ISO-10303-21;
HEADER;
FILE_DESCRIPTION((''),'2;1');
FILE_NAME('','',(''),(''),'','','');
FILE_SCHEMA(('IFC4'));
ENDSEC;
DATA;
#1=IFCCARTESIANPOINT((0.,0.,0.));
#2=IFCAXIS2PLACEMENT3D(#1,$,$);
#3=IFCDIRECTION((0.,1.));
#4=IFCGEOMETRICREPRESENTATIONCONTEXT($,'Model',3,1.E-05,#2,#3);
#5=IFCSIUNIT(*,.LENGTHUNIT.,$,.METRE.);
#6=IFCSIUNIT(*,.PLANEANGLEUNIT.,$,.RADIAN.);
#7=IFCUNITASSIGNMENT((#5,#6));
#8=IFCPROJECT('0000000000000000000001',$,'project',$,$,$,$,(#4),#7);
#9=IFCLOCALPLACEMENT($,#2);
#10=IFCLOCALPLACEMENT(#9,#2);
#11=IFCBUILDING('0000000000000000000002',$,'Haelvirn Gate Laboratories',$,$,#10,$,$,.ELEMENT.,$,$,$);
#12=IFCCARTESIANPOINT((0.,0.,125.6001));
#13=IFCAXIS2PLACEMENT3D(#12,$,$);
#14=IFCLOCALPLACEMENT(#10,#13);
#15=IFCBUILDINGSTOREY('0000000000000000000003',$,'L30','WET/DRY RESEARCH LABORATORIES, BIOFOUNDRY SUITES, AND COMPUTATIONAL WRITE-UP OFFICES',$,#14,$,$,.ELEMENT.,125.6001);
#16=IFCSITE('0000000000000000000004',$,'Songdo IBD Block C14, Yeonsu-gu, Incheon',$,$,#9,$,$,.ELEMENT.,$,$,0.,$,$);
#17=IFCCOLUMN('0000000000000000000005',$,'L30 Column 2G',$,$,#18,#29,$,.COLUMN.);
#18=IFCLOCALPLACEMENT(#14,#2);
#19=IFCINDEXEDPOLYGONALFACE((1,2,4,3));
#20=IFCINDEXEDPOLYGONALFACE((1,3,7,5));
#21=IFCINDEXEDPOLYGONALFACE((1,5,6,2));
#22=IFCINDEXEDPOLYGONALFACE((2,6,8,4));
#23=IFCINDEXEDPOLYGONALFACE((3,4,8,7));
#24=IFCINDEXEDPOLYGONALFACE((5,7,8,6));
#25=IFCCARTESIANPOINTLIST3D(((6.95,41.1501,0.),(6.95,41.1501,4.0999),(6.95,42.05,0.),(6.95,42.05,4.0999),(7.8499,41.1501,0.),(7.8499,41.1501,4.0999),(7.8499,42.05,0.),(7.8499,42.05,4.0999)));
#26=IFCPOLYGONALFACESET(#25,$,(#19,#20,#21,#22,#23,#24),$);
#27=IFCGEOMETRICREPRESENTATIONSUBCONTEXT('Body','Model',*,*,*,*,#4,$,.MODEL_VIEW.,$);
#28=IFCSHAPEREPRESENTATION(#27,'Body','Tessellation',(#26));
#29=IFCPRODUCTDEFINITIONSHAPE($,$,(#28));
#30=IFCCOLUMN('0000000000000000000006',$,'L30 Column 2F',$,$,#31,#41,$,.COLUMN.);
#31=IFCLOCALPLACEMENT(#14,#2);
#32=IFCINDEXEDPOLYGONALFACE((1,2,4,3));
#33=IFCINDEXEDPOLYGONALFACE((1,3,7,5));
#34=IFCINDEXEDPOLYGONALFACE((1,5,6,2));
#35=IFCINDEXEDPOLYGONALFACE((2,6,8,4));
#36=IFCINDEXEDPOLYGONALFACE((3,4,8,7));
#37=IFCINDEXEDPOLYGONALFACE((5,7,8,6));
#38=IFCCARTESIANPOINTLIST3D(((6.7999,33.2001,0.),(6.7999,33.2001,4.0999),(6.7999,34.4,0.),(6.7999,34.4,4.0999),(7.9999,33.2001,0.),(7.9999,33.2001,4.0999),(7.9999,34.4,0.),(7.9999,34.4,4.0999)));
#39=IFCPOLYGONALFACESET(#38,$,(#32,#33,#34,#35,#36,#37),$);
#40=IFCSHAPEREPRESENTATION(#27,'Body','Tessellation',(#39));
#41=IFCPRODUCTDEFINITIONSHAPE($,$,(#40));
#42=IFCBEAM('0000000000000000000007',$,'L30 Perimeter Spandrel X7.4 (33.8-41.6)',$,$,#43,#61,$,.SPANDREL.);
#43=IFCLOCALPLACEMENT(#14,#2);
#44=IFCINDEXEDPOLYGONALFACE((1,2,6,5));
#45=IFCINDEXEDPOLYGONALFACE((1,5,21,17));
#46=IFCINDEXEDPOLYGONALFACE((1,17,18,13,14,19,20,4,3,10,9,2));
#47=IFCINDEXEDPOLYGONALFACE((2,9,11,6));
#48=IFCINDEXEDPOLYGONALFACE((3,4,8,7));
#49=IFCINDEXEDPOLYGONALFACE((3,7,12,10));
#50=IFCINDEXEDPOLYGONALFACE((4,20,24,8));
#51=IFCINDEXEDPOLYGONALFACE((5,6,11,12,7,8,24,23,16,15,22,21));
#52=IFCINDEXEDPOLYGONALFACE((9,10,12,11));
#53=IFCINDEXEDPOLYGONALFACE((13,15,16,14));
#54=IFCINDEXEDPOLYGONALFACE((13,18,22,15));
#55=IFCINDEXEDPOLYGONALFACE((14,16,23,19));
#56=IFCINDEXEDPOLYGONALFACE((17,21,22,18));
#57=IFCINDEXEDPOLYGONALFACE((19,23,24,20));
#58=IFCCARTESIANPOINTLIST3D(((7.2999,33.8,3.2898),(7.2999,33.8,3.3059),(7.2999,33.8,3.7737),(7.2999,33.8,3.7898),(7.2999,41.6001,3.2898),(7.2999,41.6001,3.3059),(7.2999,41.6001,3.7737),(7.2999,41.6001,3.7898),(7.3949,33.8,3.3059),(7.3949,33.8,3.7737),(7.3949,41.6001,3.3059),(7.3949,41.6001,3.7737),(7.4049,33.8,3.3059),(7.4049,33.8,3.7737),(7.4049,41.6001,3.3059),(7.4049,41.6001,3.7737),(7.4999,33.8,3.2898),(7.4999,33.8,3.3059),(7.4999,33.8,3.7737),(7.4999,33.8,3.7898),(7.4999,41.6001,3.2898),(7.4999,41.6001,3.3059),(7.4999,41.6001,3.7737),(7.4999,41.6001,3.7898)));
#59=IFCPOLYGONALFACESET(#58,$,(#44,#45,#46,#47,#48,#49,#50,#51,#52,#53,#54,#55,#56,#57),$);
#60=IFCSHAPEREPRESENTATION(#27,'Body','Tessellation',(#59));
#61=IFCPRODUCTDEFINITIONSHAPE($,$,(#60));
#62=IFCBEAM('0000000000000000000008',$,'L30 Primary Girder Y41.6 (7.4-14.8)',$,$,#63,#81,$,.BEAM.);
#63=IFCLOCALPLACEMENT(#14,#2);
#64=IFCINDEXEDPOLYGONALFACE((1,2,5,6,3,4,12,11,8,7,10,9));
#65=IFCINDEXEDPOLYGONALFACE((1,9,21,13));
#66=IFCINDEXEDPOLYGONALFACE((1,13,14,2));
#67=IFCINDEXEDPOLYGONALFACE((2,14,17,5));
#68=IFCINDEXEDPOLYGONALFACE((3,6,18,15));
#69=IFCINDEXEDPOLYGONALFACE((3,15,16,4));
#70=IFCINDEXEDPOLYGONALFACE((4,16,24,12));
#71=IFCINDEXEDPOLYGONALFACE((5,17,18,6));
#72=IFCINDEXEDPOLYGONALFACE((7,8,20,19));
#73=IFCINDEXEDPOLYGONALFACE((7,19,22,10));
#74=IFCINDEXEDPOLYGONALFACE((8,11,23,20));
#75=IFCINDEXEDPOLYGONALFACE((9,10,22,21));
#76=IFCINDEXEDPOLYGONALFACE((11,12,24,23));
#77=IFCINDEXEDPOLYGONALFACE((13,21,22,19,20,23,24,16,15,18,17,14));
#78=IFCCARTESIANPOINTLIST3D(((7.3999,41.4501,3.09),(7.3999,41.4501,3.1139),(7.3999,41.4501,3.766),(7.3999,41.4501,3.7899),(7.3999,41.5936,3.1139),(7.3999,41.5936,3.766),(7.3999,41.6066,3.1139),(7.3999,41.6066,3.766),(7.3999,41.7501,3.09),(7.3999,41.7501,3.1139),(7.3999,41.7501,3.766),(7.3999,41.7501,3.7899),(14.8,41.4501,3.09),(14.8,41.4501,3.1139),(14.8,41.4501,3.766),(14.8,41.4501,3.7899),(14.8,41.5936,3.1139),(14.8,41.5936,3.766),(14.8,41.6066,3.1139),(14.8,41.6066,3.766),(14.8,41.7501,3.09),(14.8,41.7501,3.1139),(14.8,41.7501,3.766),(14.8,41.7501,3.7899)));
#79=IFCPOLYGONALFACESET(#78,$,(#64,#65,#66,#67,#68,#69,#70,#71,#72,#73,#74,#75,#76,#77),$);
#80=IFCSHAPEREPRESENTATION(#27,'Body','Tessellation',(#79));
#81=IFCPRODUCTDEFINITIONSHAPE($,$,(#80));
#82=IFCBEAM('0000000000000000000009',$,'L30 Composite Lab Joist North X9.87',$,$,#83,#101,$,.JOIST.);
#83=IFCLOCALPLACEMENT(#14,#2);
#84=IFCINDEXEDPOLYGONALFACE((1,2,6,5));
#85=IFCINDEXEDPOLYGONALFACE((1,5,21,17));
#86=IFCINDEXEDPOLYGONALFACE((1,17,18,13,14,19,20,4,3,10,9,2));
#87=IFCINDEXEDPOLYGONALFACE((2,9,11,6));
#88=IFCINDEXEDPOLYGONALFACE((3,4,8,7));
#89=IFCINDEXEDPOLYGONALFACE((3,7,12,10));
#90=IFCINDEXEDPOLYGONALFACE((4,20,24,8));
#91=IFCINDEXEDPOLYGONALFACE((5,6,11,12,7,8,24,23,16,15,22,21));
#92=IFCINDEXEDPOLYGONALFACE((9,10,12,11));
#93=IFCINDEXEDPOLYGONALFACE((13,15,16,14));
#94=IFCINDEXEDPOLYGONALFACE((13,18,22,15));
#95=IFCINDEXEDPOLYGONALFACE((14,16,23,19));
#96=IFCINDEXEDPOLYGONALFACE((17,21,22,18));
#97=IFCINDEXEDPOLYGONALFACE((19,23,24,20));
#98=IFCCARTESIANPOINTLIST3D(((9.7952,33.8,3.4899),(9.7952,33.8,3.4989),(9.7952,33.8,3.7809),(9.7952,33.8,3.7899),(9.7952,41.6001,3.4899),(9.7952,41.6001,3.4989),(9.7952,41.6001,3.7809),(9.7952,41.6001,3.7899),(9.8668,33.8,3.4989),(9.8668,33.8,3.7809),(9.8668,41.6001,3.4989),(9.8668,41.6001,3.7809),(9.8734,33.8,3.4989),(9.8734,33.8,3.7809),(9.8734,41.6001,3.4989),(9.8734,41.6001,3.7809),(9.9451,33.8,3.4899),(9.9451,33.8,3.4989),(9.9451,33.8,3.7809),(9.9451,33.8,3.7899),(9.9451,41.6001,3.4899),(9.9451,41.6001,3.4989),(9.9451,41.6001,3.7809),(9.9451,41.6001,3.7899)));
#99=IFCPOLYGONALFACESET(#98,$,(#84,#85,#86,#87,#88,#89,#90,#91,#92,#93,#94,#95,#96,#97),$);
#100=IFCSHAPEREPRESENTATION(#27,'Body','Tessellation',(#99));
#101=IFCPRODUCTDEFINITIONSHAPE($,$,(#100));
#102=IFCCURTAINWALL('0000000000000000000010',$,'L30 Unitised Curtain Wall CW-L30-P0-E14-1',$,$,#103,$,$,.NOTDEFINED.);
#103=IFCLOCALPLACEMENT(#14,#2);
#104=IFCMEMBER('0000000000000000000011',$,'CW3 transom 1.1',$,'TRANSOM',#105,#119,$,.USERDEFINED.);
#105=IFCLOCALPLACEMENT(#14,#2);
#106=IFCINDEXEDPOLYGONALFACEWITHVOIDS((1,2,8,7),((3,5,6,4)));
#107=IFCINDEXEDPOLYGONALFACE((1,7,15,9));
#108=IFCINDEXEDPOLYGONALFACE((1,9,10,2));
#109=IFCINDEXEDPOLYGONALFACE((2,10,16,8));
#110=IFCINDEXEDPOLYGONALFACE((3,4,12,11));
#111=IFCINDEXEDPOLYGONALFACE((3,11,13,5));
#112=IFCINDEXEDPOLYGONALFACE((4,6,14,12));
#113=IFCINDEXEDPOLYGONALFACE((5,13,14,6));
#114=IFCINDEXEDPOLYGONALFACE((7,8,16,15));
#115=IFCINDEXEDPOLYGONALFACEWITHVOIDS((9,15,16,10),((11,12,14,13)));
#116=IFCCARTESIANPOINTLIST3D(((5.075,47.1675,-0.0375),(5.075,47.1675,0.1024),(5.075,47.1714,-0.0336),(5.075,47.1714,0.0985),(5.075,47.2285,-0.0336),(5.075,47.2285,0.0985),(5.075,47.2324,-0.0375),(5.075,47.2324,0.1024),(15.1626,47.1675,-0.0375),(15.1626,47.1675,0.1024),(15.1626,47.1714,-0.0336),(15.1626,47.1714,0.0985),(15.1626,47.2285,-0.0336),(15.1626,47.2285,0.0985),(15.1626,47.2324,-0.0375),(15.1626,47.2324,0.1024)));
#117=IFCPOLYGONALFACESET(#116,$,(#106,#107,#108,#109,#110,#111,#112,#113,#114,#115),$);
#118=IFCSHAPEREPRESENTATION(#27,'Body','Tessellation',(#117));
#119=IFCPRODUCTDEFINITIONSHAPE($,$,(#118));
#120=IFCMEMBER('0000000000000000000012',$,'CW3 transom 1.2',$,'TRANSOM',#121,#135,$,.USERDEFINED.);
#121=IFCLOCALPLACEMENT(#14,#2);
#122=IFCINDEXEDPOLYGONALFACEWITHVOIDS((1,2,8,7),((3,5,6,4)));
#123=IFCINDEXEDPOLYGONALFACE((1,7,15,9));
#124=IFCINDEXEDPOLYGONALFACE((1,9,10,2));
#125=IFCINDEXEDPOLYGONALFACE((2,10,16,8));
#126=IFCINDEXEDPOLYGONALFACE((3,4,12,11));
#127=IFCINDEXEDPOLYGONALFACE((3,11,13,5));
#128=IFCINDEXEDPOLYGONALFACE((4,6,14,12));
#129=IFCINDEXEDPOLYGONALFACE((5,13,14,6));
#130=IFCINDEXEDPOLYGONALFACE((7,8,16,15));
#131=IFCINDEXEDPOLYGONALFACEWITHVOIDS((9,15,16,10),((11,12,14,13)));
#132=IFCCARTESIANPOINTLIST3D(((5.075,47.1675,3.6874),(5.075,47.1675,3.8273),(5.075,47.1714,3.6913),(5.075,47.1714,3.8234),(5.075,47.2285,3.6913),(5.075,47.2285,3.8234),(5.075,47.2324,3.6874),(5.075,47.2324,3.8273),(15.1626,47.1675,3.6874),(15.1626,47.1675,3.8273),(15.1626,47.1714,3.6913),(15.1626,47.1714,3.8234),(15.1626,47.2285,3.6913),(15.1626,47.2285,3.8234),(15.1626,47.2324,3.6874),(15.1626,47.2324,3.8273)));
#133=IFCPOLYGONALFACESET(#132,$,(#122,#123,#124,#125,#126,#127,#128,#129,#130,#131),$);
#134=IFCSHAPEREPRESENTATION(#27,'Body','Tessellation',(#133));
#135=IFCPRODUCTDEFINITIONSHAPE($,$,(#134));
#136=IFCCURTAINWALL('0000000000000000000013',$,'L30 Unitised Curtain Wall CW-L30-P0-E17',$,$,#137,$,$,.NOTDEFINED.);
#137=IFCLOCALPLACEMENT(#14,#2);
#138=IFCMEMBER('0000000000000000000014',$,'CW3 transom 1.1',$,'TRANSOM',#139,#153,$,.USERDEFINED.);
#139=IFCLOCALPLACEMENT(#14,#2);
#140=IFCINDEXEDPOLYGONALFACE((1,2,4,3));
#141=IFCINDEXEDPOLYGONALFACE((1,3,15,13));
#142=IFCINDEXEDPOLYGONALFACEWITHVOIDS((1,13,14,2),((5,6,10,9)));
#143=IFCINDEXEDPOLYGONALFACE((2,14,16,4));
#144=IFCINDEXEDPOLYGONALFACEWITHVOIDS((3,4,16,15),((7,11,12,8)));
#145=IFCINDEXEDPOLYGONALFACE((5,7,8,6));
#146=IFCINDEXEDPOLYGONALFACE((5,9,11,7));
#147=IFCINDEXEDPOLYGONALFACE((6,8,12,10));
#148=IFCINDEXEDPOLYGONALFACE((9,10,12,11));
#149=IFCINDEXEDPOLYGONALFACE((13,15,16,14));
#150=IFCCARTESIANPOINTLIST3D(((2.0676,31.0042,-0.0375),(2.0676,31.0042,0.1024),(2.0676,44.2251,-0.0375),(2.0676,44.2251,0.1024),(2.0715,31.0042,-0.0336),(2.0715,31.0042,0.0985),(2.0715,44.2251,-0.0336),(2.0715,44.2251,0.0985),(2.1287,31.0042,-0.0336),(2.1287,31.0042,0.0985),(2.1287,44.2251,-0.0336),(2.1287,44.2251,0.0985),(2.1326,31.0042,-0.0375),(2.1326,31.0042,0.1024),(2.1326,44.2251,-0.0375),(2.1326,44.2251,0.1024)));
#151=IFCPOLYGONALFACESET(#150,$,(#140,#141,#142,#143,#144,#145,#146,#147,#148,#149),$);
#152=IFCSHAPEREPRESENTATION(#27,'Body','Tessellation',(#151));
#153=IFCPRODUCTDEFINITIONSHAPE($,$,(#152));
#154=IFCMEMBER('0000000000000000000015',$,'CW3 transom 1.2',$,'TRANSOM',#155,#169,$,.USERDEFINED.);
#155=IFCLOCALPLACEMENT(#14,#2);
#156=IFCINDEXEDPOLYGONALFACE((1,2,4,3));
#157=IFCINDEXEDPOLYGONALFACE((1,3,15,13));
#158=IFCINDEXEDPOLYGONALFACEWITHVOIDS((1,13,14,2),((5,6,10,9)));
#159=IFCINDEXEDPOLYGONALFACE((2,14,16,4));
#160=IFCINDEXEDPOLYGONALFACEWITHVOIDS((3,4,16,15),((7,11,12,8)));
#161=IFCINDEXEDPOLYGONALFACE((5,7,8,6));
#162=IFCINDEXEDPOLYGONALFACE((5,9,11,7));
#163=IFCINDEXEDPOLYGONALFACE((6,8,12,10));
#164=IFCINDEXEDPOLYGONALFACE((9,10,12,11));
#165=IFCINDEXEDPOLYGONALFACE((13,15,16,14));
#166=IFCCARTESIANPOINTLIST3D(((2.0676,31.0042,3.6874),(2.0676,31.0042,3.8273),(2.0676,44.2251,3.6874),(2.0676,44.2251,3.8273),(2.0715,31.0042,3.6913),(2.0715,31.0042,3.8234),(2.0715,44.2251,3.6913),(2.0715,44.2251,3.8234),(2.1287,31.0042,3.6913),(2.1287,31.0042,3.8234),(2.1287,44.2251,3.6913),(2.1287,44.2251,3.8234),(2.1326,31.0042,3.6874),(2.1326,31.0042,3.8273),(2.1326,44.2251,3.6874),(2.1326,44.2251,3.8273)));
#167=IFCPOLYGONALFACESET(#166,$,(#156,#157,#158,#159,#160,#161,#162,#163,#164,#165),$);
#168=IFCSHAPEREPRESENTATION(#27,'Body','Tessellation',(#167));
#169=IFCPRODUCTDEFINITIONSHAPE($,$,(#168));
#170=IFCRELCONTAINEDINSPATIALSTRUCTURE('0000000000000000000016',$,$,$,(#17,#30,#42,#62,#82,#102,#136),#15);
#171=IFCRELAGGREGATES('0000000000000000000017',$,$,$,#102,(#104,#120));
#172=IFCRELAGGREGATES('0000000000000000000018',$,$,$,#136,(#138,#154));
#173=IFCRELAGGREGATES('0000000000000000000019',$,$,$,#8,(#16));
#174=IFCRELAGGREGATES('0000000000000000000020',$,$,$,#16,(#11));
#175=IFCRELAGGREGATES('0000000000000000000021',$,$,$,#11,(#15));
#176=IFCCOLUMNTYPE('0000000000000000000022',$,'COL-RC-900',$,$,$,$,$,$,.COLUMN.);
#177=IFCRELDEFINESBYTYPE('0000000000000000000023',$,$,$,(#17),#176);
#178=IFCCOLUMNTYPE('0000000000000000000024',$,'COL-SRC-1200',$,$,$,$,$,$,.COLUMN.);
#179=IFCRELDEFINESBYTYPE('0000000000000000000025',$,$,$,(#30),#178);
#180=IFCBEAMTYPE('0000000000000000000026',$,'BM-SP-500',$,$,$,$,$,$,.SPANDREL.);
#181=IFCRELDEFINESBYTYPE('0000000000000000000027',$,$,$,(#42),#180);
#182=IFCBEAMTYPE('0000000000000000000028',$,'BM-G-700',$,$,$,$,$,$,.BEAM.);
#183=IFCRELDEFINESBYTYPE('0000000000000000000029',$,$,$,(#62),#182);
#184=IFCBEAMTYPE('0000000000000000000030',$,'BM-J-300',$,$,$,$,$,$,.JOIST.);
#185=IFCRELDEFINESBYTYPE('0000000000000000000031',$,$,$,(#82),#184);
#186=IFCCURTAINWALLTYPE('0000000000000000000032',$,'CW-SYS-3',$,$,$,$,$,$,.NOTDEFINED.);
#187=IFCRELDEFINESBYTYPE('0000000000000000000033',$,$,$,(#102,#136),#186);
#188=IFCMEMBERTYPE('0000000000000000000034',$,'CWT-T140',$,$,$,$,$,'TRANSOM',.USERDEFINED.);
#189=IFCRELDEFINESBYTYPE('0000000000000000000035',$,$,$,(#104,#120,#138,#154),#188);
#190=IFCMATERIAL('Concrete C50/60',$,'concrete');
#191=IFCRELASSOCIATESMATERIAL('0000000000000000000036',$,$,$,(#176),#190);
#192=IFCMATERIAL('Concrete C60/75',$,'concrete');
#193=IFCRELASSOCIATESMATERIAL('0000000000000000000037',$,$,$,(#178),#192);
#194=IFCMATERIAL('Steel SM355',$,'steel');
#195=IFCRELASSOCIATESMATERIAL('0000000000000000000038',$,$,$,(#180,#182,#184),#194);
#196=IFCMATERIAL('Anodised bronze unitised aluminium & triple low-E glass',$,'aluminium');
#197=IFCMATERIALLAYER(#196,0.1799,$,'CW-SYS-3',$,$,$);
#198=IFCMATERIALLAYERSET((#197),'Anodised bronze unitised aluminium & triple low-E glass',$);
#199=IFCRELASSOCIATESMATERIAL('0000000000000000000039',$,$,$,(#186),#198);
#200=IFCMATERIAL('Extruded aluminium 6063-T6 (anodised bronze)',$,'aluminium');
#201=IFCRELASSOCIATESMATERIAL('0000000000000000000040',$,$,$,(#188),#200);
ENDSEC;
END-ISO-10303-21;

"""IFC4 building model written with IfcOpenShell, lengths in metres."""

from ifc_helpers import new_model, si_unit, direction, frame, origin, origin_2d, place, context, subcontext, project, spatial, rectangle, hollow_rectangle, i_section, extrude, source, transform, mapped, material, layer, layer_set, material_profile, profile_set, type_object, type_shapes, element, aggregate, save


model = new_model("IFC4")

# Units and contexts
model_context = context("Model", 3, precision=1e-05, world=origin(), true_north=direction((0.0, 1.0)))
body_context = subcontext(model_context, "Body", "Model", "MODEL_VIEW")
ifc_project = project(units=[si_unit("LENGTHUNIT", "METRE"), si_unit("PLANEANGLEUNIT", "RADIAN")], contexts=[model_context])

# Site, building, storey
site_placement = place(None, origin())
site = spatial("IfcSite", under=ifc_project, at=site_placement, Name="Songdo IBD Block C14, Yeonsu-gu, Incheon", CompositionType="ELEMENT", RefElevation=0.0)
building_placement = place(site_placement, origin())
building = spatial("IfcBuilding", under=site, at=building_placement, Name="Haelvirn Gate Laboratories", CompositionType="ELEMENT")
storey_placement = place(building_placement, frame((0.0, 0.0, 125.6001)))
storey = spatial("IfcBuildingStorey", under=building, at=storey_placement, Name="L30", Description="WET/DRY RESEARCH LABORATORIES, BIOFOUNDRY SUITES, AND COMPUTATIONAL WRITE-UP OFFICES", CompositionType="ELEMENT", Elevation=125.6001)

# Columns
ifc_material_1 = material(Name="Concrete C50/60", Category="concrete")
ifc_material_profile_1 = material_profile(ifc_material_1, rectangle(XDim=0.8999, YDim=0.8999, at=origin_2d()), Name="RC-900x900")
ifc_profile_set_1 = profile_set([ifc_material_profile_1], Name="Concrete C50/60")
column_type_1 = type_object("IfcColumnType", Name="COL-RC-900", PredefinedType="COLUMN", material=ifc_profile_set_1)
shared_shape_1 = source(origin(), body_context, "Body", "SweptSolid", [
    extrude(rectangle(XDim=0.8999, YDim=0.8999, at=origin_2d()), origin(), (0.0, 0.0, 1.0), 4.0999),
])
type_shapes(column_type_1, [shared_shape_1])
column_1_placement = place(storey_placement, frame((7.3999, 41.6001, 0.0), z_axis=(0.0, 0.0, 1.0), x_axis=(1.0, 0.0, 0.0)))
element("IfcColumn", 1, at=column_1_placement, inside=storey, type_object=column_type_1, Name="L30 Column 2G", PredefinedType="COLUMN", context=body_context, shape_type="MappedRepresentation", body=[
    mapped(shared_shape_1, transform((0.0, 0.0, 0.0), scale=1.0)),
])
ifc_material_2 = material(Name="Concrete C60/75", Category="concrete")
ifc_material_profile_2 = material_profile(ifc_material_2, rectangle(XDim=1.2, YDim=1.2, at=origin_2d()), Name="SRC-1200x1200")
ifc_profile_set_2 = profile_set([ifc_material_profile_2], Name="Concrete C60/75")
column_type_2 = type_object("IfcColumnType", Name="COL-SRC-1200", PredefinedType="COLUMN", material=ifc_profile_set_2)
shared_shape_2 = source(origin(), body_context, "Body", "SweptSolid", [
    extrude(rectangle(XDim=1.2, YDim=1.2, at=origin_2d()), origin(), (0.0, 0.0, 1.0), 4.0999),
])
type_shapes(column_type_2, [shared_shape_2])
column_2_placement = place(storey_placement, frame((7.3999, 33.8, 0.0), z_axis=(0.0, 0.0, 1.0), x_axis=(1.0, 0.0, 0.0)))
element("IfcColumn", 2, at=column_2_placement, inside=storey, type_object=column_type_2, Name="L30 Column 2F", PredefinedType="COLUMN", context=body_context, shape_type="MappedRepresentation", body=[
    mapped(shared_shape_2, transform((0.0, 0.0, 0.0), scale=1.0)),
])

# Beams
ifc_material_3 = material(Name="Steel SM355", Category="steel")
ifc_material_profile_3 = material_profile(ifc_material_3, i_section(OverallWidth=0.2, OverallDepth=0.5, WebThickness=0.01, FlangeThickness=0.0161, at=origin_2d()), Name="H-500x200x10x16")
ifc_profile_set_3 = profile_set([ifc_material_profile_3], Name="Steel SM355")
beam_type_1 = type_object("IfcBeamType", Name="BM-SP-500", PredefinedType="SPANDREL", material=ifc_profile_set_3)
shared_shape_3 = source(origin(), body_context, "Body", "SweptSolid", [
    extrude(i_section(OverallWidth=0.2, OverallDepth=0.5, WebThickness=0.01, FlangeThickness=0.0161, at=origin_2d()), origin(), (0.0, 0.0, 1.0), 7.8),
])
type_shapes(beam_type_1, [shared_shape_3])
beam_1_placement = place(storey_placement, frame((7.3999, 33.8, 3.5398), z_axis=(0.0, 1.0, 0.0), x_axis=(-1.0, 0.0, 0.0)))
element("IfcBeam", 3, at=beam_1_placement, inside=storey, type_object=beam_type_1, Name="L30 Perimeter Spandrel X7.4 (33.8-41.6)", PredefinedType="SPANDREL", context=body_context, shape_type="MappedRepresentation", body=[
    mapped(shared_shape_3, transform((0.0, 0.0, 0.0), scale=1.0)),
])
ifc_material_profile_4 = material_profile(ifc_material_3, i_section(OverallWidth=0.3, OverallDepth=0.7, WebThickness=0.0129, FlangeThickness=0.0239, at=origin_2d()), Name="H-700x300x13x24")
ifc_profile_set_4 = profile_set([ifc_material_profile_4], Name="Steel SM355")
beam_type_2 = type_object("IfcBeamType", Name="BM-G-700", PredefinedType="BEAM", material=ifc_profile_set_4)
shared_shape_4 = source(origin(), body_context, "Body", "SweptSolid", [
    extrude(i_section(OverallWidth=0.3, OverallDepth=0.7, WebThickness=0.0129, FlangeThickness=0.0239, at=origin_2d()), origin(), (0.0, 0.0, 1.0), 7.4001),
])
type_shapes(beam_type_2, [shared_shape_4])
beam_2_placement = place(storey_placement, frame((7.3999, 41.6001, 3.4399), z_axis=(1.0, 0.0, 0.0), x_axis=(0.0, 1.0, 0.0)))
element("IfcBeam", 4, at=beam_2_placement, inside=storey, type_object=beam_type_2, Name="L30 Primary Girder Y41.6 (7.4-14.8)", PredefinedType="BEAM", context=body_context, shape_type="MappedRepresentation", body=[
    mapped(shared_shape_4, transform((0.0, 0.0, 0.0), scale=1.0)),
])
ifc_material_profile_5 = material_profile(ifc_material_3, i_section(OverallWidth=0.1499, OverallDepth=0.3, WebThickness=0.0066, FlangeThickness=0.009, at=origin_2d()), Name="H-300x150x6.5x9")
ifc_profile_set_5 = profile_set([ifc_material_profile_5], Name="Steel SM355")
beam_type_3 = type_object("IfcBeamType", Name="BM-J-300", PredefinedType="JOIST", material=ifc_profile_set_5)
shared_shape_5 = source(origin(), body_context, "Body", "SweptSolid", [
    extrude(i_section(OverallWidth=0.1499, OverallDepth=0.3, WebThickness=0.0066, FlangeThickness=0.009, at=origin_2d()), origin(), (0.0, 0.0, 1.0), 7.8),
])
type_shapes(beam_type_3, [shared_shape_5])
beam_3_placement = place(storey_placement, frame((9.8701, 33.8, 3.6399), z_axis=(0.0, 1.0, 0.0), x_axis=(-1.0, 0.0, 0.0)))
element("IfcBeam", 5, at=beam_3_placement, inside=storey, type_object=beam_type_3, Name="L30 Composite Lab Joist North X9.87", PredefinedType="JOIST", context=body_context, shape_type="MappedRepresentation", body=[
    mapped(shared_shape_5, transform((0.0, 0.0, 0.0), scale=1.0)),
])

# Curtain walls, members
ifc_material_4 = material(Name="Anodised bronze unitised aluminium & triple low-E glass", Category="aluminium")
ifc_layer_1 = layer(ifc_material_4, 0.1799, Name="CW-SYS-3")
ifc_layer_set_1 = layer_set([ifc_layer_1], Name="Anodised bronze unitised aluminium & triple low-E glass")
curtain_wall_type_1 = type_object("IfcCurtainWallType", Name="CW-SYS-3", PredefinedType="NOTDEFINED", material=ifc_layer_set_1)
curtain_wall_1_placement = place(storey_placement, origin())
curtain_wall_1 = element("IfcCurtainWall", 6, at=curtain_wall_1_placement, inside=storey, type_object=curtain_wall_type_1, Name="L30 Unitised Curtain Wall CW-L30-P0-E14-1", PredefinedType="NOTDEFINED")
ifc_material_5 = material(Name="Extruded aluminium 6063-T6 (anodised bronze)", Category="aluminium")
ifc_material_profile_6 = material_profile(ifc_material_5, hollow_rectangle(XDim=0.0649, YDim=0.1399, WallThickness=0.0039, at=origin_2d()), Name="CWT-140x65x4")
ifc_profile_set_6 = profile_set([ifc_material_profile_6], Name="Extruded aluminium 6063-T6 (anodised bronze)")
member_type_1 = type_object("IfcMemberType", Name="CWT-T140", ElementType="TRANSOM", PredefinedType="USERDEFINED", material=ifc_profile_set_6)
shared_shape_6 = source(origin(), body_context, "Body", "SweptSolid", [
    extrude(hollow_rectangle(XDim=0.0649, YDim=0.1399, WallThickness=0.0039, at=origin_2d()), origin(), (0.0, 0.0, 1.0), 10.0876),
])
member_1_placement = place(storey_placement, frame((5.075, 47.2, 0.0325), z_axis=(1.0, 0.0, 0.0), x_axis=(0.0, 1.0, 0.0)))
member_1 = element("IfcMember", 7, at=member_1_placement, type_object=member_type_1, Name="CW3 transom 1.1", ObjectType="TRANSOM", PredefinedType="USERDEFINED", context=body_context, shape_type="MappedRepresentation", body=[
    mapped(shared_shape_6, transform((0.0, 0.0, 0.0), scale=1.0)),
])
member_2_placement = place(storey_placement, frame((5.075, 47.2, 3.7573), z_axis=(1.0, 0.0, 0.0), x_axis=(0.0, 1.0, 0.0)))
member_2 = element("IfcMember", 8, at=member_2_placement, type_object=member_type_1, Name="CW3 transom 1.2", ObjectType="TRANSOM", PredefinedType="USERDEFINED", context=body_context, shape_type="MappedRepresentation", body=[
    mapped(shared_shape_6, transform((0.0, 0.0, 0.0), scale=1.0)),
])
curtain_wall_2_placement = place(storey_placement, origin())
curtain_wall_2 = element("IfcCurtainWall", 9, at=curtain_wall_2_placement, inside=storey, type_object=curtain_wall_type_1, Name="L30 Unitised Curtain Wall CW-L30-P0-E17", PredefinedType="NOTDEFINED")
shared_shape_7 = source(origin(), body_context, "Body", "SweptSolid", [
    extrude(hollow_rectangle(XDim=0.0649, YDim=0.1399, WallThickness=0.0039, at=origin_2d()), origin(), (0.0, 0.0, 1.0), 13.2209),
])
member_3_placement = place(storey_placement, frame((2.1001, 44.2251, 0.0325), z_axis=(0.0, -1.0, 0.0), x_axis=(1.0, 0.0, 0.0)))
member_3 = element("IfcMember", 10, at=member_3_placement, type_object=member_type_1, Name="CW3 transom 1.1", ObjectType="TRANSOM", PredefinedType="USERDEFINED", context=body_context, shape_type="MappedRepresentation", body=[
    mapped(shared_shape_7, transform((0.0, 0.0, 0.0), scale=1.0)),
])
member_4_placement = place(storey_placement, frame((2.1001, 44.2251, 3.7573), z_axis=(0.0, -1.0, 0.0), x_axis=(1.0, 0.0, 0.0)))
member_4 = element("IfcMember", 11, at=member_4_placement, type_object=member_type_1, Name="CW3 transom 1.2", ObjectType="TRANSOM", PredefinedType="USERDEFINED", context=body_context, shape_type="MappedRepresentation", body=[
    mapped(shared_shape_7, transform((0.0, 0.0, 0.0), scale=1.0)),
])

aggregate(curtain_wall_1, [member_1, member_2])
aggregate(curtain_wall_2, [member_3, member_4])

save(model, "model.ifc")
